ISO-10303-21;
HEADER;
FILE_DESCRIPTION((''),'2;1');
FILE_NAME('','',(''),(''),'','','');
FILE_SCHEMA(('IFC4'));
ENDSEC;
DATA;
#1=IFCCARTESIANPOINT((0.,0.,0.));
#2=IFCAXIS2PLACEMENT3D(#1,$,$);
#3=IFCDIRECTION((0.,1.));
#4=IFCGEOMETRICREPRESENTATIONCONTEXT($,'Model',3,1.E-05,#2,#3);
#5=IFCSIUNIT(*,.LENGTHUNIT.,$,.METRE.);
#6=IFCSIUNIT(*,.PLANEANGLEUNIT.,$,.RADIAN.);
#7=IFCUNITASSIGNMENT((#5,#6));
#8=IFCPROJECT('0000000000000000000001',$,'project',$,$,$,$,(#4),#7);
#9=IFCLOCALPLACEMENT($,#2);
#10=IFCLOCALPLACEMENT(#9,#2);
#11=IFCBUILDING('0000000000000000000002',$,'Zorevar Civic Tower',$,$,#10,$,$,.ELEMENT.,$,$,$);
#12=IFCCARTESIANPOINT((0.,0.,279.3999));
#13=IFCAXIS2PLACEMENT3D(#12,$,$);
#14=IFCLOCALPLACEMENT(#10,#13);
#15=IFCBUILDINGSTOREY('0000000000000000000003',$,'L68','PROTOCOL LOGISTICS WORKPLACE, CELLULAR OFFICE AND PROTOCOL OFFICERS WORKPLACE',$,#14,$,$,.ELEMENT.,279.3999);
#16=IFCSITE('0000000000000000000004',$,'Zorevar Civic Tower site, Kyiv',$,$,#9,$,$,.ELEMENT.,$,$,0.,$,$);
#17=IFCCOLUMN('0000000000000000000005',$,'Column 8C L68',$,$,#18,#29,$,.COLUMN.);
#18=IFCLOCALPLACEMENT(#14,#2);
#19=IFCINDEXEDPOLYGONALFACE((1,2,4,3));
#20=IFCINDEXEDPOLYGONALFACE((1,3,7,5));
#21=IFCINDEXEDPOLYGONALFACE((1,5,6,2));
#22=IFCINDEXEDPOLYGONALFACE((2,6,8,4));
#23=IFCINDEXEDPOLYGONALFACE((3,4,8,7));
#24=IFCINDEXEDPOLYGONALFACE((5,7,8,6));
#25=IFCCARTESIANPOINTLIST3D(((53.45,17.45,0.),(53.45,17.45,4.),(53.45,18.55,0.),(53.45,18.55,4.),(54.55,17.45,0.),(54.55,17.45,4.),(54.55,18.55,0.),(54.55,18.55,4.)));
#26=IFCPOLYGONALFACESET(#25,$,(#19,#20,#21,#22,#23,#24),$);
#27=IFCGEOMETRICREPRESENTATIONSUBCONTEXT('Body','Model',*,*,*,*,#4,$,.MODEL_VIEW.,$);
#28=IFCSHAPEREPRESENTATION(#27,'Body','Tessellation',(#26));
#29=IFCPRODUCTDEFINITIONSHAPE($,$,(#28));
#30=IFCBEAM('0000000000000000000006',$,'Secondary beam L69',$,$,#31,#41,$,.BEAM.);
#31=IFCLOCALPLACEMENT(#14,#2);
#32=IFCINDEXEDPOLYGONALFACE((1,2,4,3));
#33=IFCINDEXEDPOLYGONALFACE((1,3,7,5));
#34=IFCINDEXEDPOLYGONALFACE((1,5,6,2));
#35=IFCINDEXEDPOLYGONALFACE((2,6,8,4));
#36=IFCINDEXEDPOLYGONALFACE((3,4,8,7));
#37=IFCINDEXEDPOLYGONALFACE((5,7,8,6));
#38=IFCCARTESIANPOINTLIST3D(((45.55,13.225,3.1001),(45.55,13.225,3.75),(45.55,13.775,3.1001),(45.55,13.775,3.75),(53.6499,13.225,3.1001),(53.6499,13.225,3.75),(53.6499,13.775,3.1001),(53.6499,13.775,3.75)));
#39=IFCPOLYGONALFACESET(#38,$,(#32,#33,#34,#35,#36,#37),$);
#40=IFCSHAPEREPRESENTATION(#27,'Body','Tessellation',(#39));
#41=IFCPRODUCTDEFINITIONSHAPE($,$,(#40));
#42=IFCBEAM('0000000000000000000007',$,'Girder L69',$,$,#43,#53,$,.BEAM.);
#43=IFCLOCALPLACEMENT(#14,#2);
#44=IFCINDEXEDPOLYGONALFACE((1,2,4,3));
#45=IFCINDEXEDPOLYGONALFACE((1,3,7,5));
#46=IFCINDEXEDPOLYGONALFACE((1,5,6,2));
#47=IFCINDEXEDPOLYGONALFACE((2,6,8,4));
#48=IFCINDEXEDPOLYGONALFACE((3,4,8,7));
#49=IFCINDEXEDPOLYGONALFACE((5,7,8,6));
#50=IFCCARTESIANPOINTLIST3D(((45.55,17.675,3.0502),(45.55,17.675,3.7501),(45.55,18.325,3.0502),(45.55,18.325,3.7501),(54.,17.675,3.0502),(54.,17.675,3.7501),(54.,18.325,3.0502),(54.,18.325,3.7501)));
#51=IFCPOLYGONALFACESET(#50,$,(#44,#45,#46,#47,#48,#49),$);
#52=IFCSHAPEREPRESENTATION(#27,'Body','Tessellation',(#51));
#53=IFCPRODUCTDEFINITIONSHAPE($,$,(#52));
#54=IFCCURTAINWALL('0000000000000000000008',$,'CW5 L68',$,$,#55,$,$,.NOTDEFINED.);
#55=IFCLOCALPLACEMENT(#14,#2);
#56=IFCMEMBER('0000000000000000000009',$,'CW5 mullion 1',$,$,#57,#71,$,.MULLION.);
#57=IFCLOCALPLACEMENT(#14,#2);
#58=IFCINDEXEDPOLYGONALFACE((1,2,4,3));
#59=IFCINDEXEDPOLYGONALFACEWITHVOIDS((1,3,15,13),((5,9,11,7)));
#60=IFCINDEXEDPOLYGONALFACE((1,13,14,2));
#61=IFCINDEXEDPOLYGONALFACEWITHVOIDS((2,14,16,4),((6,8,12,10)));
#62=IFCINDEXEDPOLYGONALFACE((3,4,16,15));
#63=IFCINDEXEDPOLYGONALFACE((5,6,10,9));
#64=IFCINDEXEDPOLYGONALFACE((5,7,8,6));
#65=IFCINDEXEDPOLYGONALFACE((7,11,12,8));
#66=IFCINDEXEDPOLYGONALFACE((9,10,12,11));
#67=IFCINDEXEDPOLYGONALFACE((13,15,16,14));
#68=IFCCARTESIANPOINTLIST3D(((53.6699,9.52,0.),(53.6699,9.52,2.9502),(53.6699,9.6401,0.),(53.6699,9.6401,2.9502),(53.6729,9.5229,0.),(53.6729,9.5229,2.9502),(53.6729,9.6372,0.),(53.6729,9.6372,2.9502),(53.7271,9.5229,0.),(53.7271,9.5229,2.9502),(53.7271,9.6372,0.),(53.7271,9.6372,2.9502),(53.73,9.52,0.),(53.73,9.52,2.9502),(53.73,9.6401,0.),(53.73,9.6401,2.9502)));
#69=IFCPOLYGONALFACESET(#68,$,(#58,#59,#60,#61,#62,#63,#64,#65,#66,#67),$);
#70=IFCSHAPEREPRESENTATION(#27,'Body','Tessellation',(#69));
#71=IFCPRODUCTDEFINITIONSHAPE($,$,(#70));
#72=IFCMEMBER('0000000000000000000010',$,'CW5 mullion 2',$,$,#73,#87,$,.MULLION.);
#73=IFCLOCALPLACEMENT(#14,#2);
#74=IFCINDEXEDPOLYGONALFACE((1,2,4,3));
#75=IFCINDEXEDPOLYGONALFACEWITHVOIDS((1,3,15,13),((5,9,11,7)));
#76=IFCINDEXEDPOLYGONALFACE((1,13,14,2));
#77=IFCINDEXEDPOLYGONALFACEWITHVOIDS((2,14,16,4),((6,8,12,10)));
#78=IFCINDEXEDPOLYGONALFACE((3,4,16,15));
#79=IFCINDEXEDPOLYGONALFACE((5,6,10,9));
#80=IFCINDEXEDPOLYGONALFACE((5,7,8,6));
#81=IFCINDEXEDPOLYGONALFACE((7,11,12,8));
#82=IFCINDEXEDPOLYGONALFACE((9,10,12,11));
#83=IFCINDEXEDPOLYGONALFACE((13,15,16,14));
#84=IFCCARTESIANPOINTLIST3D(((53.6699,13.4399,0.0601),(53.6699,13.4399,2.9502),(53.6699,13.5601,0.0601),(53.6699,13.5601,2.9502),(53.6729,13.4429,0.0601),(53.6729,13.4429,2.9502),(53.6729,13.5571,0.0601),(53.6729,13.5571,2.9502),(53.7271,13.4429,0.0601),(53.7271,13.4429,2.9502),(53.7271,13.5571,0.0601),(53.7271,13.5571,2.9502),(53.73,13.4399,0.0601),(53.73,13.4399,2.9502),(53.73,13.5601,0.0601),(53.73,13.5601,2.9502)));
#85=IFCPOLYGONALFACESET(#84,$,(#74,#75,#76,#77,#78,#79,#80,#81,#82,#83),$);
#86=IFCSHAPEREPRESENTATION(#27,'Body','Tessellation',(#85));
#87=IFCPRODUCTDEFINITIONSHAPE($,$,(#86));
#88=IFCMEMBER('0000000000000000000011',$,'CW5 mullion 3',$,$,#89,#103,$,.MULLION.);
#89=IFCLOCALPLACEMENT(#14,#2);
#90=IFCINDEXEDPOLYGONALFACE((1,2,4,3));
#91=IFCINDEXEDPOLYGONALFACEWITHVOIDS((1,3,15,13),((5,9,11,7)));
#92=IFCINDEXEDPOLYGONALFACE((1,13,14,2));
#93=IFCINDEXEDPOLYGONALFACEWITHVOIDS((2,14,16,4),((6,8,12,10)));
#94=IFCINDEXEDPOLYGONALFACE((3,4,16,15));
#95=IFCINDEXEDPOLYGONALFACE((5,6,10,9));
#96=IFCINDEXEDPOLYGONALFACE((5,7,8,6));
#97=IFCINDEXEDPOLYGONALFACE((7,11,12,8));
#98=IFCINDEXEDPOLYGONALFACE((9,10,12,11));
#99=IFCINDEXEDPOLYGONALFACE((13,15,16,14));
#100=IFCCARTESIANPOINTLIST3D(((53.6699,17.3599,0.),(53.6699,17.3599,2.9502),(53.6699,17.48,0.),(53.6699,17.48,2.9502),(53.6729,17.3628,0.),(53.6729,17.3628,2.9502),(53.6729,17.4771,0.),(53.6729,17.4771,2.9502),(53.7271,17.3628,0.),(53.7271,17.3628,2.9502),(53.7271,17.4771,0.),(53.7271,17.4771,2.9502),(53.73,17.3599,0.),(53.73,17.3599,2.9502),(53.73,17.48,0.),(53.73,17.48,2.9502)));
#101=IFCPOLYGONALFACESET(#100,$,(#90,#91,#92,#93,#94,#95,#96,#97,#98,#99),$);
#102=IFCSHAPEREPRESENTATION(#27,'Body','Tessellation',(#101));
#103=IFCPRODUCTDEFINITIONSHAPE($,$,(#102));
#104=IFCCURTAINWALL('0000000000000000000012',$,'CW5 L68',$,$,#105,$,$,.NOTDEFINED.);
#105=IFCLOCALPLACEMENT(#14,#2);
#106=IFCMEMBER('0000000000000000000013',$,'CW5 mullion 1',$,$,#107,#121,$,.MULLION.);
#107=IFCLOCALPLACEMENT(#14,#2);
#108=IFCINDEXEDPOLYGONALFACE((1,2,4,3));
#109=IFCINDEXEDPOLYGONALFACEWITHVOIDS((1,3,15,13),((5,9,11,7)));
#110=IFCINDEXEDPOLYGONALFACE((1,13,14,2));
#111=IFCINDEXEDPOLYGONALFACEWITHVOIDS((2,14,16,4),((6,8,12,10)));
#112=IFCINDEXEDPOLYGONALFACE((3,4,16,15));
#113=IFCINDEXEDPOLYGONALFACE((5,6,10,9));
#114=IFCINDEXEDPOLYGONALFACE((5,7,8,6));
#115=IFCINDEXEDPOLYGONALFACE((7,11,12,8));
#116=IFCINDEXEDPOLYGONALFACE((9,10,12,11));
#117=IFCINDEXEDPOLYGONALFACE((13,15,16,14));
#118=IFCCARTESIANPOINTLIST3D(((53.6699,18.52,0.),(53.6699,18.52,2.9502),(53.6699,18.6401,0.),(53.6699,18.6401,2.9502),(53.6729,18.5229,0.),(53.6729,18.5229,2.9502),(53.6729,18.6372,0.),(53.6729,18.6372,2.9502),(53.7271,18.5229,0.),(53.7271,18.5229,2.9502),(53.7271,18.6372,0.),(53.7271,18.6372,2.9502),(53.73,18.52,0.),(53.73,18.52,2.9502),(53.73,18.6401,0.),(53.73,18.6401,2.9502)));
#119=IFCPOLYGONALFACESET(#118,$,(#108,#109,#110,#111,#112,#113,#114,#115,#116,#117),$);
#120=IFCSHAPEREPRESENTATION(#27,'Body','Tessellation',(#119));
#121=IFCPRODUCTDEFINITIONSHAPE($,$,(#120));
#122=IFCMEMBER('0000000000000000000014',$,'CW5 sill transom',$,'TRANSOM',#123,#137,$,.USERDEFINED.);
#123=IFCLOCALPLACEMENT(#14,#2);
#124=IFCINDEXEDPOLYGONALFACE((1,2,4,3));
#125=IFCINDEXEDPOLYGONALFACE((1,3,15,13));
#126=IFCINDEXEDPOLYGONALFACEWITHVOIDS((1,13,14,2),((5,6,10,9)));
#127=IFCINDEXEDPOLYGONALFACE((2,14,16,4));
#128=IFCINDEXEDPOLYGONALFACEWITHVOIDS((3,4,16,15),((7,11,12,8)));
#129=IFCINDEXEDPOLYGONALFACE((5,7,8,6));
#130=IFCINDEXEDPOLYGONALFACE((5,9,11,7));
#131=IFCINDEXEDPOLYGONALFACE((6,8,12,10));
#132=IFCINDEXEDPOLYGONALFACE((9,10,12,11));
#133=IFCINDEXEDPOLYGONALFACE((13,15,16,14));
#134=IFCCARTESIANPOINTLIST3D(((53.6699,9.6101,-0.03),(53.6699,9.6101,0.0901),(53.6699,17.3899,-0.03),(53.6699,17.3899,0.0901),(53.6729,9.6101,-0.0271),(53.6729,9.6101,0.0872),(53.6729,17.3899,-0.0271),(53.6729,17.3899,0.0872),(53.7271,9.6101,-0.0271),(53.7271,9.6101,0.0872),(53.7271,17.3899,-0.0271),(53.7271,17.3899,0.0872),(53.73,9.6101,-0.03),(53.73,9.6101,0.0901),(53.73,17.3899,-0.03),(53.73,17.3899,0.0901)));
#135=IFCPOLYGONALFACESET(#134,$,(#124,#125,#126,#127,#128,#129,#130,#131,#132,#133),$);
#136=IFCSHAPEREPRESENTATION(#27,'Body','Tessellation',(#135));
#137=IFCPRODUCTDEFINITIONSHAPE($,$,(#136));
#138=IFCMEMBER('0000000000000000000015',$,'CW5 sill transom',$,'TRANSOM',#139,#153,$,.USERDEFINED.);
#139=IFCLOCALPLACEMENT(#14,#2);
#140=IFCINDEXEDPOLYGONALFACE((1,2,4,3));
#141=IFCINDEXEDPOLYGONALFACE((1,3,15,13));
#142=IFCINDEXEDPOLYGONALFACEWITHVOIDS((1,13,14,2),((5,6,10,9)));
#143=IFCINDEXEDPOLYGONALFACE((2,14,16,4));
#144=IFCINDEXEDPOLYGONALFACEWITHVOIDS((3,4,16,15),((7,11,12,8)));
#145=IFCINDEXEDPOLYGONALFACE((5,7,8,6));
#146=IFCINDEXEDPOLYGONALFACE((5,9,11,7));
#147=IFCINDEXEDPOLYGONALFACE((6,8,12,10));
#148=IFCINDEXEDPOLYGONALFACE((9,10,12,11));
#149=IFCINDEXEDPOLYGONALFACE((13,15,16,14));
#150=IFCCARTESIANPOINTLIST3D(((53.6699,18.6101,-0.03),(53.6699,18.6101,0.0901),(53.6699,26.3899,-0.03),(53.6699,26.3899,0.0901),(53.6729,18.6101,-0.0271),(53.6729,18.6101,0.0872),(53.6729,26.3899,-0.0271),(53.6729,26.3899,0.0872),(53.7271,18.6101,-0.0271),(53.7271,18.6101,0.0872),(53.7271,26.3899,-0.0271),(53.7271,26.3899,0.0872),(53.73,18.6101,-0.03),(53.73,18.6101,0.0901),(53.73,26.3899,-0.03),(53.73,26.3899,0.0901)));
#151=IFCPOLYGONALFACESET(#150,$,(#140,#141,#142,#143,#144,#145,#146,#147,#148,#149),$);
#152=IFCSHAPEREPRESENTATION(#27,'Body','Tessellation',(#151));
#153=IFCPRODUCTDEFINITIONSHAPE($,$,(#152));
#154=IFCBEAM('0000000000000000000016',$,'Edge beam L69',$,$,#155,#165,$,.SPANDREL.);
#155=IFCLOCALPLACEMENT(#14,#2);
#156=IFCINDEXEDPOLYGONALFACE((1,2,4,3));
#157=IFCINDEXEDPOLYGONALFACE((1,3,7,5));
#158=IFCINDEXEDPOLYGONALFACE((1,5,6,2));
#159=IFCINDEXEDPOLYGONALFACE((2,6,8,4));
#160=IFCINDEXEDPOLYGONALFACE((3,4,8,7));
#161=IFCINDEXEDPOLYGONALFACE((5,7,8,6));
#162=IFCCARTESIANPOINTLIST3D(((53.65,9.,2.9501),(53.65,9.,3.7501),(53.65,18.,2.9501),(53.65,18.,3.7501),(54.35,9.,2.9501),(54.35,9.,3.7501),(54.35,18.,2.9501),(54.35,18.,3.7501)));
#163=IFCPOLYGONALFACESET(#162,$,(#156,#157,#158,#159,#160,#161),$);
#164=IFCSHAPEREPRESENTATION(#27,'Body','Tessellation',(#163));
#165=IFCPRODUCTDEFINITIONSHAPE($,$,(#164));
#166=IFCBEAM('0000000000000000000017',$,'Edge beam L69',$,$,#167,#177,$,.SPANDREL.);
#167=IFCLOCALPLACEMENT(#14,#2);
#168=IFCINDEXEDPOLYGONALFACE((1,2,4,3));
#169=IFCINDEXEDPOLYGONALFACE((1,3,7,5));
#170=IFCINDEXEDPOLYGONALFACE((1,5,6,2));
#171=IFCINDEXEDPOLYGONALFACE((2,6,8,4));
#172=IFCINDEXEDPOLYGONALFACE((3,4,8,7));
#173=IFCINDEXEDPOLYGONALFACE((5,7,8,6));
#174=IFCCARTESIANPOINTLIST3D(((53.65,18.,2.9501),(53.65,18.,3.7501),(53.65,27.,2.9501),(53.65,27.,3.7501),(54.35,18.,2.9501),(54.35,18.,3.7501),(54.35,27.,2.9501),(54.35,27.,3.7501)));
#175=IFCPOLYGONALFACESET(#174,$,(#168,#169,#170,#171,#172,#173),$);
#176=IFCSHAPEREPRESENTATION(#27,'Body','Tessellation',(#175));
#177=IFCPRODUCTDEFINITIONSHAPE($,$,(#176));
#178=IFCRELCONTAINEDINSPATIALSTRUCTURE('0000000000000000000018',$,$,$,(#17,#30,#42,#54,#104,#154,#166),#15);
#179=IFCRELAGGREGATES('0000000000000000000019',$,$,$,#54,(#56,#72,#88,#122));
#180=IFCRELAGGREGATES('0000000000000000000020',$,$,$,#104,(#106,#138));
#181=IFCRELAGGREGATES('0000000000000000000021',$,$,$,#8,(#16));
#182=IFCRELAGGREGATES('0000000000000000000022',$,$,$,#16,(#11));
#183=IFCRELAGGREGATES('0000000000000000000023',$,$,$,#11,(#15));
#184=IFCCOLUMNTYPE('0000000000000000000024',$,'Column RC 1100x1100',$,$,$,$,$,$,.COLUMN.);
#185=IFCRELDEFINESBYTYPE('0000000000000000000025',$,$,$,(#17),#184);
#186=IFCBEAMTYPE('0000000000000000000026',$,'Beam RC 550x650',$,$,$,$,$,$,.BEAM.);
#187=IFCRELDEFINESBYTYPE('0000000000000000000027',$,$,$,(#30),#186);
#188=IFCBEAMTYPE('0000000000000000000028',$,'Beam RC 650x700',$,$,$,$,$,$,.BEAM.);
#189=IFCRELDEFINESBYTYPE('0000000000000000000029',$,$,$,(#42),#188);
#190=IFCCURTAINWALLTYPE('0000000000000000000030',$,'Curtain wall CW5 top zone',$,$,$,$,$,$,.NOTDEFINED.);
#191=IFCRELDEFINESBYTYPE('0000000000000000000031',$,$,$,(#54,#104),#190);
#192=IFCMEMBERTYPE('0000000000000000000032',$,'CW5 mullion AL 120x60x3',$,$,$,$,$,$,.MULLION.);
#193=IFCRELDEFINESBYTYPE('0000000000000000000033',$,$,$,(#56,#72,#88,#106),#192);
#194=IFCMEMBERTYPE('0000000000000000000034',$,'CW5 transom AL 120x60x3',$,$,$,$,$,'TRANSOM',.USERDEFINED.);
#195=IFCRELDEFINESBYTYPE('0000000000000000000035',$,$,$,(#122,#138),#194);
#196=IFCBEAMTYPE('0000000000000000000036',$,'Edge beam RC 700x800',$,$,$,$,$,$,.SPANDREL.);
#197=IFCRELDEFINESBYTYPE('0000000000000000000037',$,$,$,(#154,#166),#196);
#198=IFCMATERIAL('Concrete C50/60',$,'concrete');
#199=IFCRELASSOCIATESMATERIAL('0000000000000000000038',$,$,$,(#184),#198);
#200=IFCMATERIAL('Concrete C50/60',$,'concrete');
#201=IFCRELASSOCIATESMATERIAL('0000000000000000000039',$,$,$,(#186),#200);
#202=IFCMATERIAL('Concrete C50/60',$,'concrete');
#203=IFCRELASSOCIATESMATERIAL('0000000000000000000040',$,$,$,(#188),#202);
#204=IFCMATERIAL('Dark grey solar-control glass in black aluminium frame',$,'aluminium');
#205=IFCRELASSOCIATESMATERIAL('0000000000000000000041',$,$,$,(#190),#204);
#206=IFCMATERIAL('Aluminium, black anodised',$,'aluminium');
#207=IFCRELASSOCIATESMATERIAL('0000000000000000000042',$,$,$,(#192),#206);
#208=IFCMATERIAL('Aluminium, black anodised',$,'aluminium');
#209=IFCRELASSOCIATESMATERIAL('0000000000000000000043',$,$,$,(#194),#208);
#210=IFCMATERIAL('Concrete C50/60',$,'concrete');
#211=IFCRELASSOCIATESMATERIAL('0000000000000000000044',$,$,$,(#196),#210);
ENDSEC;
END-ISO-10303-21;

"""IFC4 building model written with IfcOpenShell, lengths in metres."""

from ifc_helpers import new_model, si_unit, direction, frame, origin, origin_2d, place, context, subcontext, project, spatial, rectangle, hollow_rectangle, extrude, material, material_profile, profile_set, type_object, element, aggregate, save


model = new_model("IFC4")

# Units and contexts
model_context = context("Model", 3, precision=1e-05, world=origin(), true_north=direction((0.0, 1.0)))
body_context = subcontext(model_context, "Body", "Model", "MODEL_VIEW")
ifc_project = project(units=[si_unit("LENGTHUNIT", "METRE"), si_unit("PLANEANGLEUNIT", "RADIAN")], contexts=[model_context])

# Site, building, storey
site_placement = place(None, origin())
site = spatial("IfcSite", under=ifc_project, at=site_placement, Name="Zorevar Civic Tower site, Kyiv", CompositionType="ELEMENT", RefElevation=0.0)
building_placement = place(site_placement, origin())
building = spatial("IfcBuilding", under=site, at=building_placement, Name="Zorevar Civic Tower", CompositionType="ELEMENT")
storey_placement = place(building_placement, frame((0.0, 0.0, 279.3999)))
storey = spatial("IfcBuildingStorey", under=building, at=storey_placement, Name="L68", Description="PROTOCOL LOGISTICS WORKPLACE, CELLULAR OFFICE AND PROTOCOL OFFICERS WORKPLACE", CompositionType="ELEMENT", Elevation=279.3999)

# Column
ifc_material_1 = material(Name="Concrete C50/60", Category="concrete")
ifc_material_profile_1 = material_profile(ifc_material_1, rectangle(XDim=1.1001, YDim=1.1001, at=origin_2d()), Name="RC 1100x1100")
ifc_profile_set_1 = profile_set([ifc_material_profile_1], Name="Concrete C50/60")
column_type = type_object("IfcColumnType", Name="Column RC 1100x1100", PredefinedType="COLUMN", material=ifc_profile_set_1)
column_placement = place(storey_placement, frame((54.0, 18.0, 0.0), z_axis=(0.0, 0.0, 1.0), x_axis=(1.0, 0.0, 0.0)))
element("IfcColumn", 1, at=column_placement, inside=storey, type_object=column_type, Name="Column 8C L68", PredefinedType="COLUMN", context=body_context, shape_type="SweptSolid", body=[
    extrude(rectangle(XDim=1.1001, YDim=1.1001, at=origin_2d()), origin(), (0.0, 0.0, 1.0), 4.0),
])

# Beams
ifc_material_2 = material(Name="Concrete C50/60", Category="concrete")
ifc_material_profile_2 = material_profile(ifc_material_2, rectangle(XDim=0.55, YDim=0.6499, at=origin_2d()), Name="RC 550x650")
ifc_profile_set_2 = profile_set([ifc_material_profile_2], Name="Concrete C50/60")
beam_type_1 = type_object("IfcBeamType", Name="Beam RC 550x650", PredefinedType="BEAM", material=ifc_profile_set_2)
beam_1_placement = place(storey_placement, frame((45.55, 13.5, 3.425), z_axis=(1.0, 0.0, 0.0), x_axis=(0.0, 1.0, 0.0)))
element("IfcBeam", 2, at=beam_1_placement, inside=storey, type_object=beam_type_1, Name="Secondary beam L69", PredefinedType="BEAM", context=body_context, shape_type="SweptSolid", body=[
    extrude(rectangle(XDim=0.55, YDim=0.6499, at=origin_2d()), origin(), (0.0, 0.0, 1.0), 8.0999),
])
ifc_material_3 = material(Name="Concrete C50/60", Category="concrete")
ifc_material_profile_3 = material_profile(ifc_material_3, rectangle(XDim=0.6499, YDim=0.7, at=origin_2d()), Name="RC 650x700")
ifc_profile_set_3 = profile_set([ifc_material_profile_3], Name="Concrete C50/60")
beam_type_2 = type_object("IfcBeamType", Name="Beam RC 650x700", PredefinedType="BEAM", material=ifc_profile_set_3)
beam_2_placement = place(storey_placement, frame((45.55, 18.0, 3.4001), z_axis=(1.0, 0.0, 0.0), x_axis=(0.0, 1.0, 0.0)))
element("IfcBeam", 3, at=beam_2_placement, inside=storey, type_object=beam_type_2, Name="Girder L69", PredefinedType="BEAM", context=body_context, shape_type="SweptSolid", body=[
    extrude(rectangle(XDim=0.6499, YDim=0.7, at=origin_2d()), origin(), (0.0, 0.0, 1.0), 8.45),
])

# Curtain wall, members
ifc_material_4 = material(Name="Dark grey solar-control glass in black aluminium frame", Category="aluminium")
curtain_wall_type = type_object("IfcCurtainWallType", Name="Curtain wall CW5 top zone", PredefinedType="NOTDEFINED", material=ifc_material_4)
curtain_wall_1_placement = place(storey_placement, origin())
curtain_wall_1 = element("IfcCurtainWall", 4, at=curtain_wall_1_placement, inside=storey, type_object=curtain_wall_type, Name="CW5 L68", PredefinedType="NOTDEFINED")
ifc_material_5 = material(Name="Aluminium, black anodised", Category="aluminium")
ifc_material_profile_4 = material_profile(ifc_material_5, hollow_rectangle(XDim=0.0601, YDim=0.1201, WallThickness=0.0029, at=origin_2d()), Name="AL 120x60x3")
ifc_profile_set_4 = profile_set([ifc_material_profile_4], Name="Aluminium, black anodised")
member_type_1 = type_object("IfcMemberType", Name="CW5 mullion AL 120x60x3", PredefinedType="MULLION", material=ifc_profile_set_4)
member_1_placement = place(storey_placement, frame((53.7, 9.5801, 0.0), z_axis=(0.0, 0.0, 1.0), x_axis=(-1.0, 0.0, 0.0)))
member_1 = element("IfcMember", 5, at=member_1_placement, type_object=member_type_1, Name="CW5 mullion 1", PredefinedType="MULLION", context=body_context, shape_type="SweptSolid", body=[
    extrude(hollow_rectangle(XDim=0.0601, YDim=0.1201, WallThickness=0.0029, at=origin_2d()), origin(), (0.0, 0.0, 1.0), 2.9502),
])
member_2_placement = place(storey_placement, frame((53.7, 13.5, 0.0601), z_axis=(0.0, 0.0, 1.0), x_axis=(-1.0, 0.0, 0.0)))
member_2 = element("IfcMember", 6, at=member_2_placement, type_object=member_type_1, Name="CW5 mullion 2", PredefinedType="MULLION", context=body_context, shape_type="SweptSolid", body=[
    extrude(hollow_rectangle(XDim=0.0601, YDim=0.1201, WallThickness=0.0029, at=origin_2d()), origin(), (0.0, 0.0, 1.0), 2.8901),
])
member_3_placement = place(storey_placement, frame((53.7, 17.4199, 0.0), z_axis=(0.0, 0.0, 1.0), x_axis=(-1.0, 0.0, 0.0)))
member_3 = element("IfcMember", 7, at=member_3_placement, type_object=member_type_1, Name="CW5 mullion 3", PredefinedType="MULLION", context=body_context, shape_type="SweptSolid", body=[
    extrude(hollow_rectangle(XDim=0.0601, YDim=0.1201, WallThickness=0.0029, at=origin_2d()), origin(), (0.0, 0.0, 1.0), 2.9502),
])

# Curtain wall, member
curtain_wall_2_placement = place(storey_placement, origin())
curtain_wall_2 = element("IfcCurtainWall", 8, at=curtain_wall_2_placement, inside=storey, type_object=curtain_wall_type, Name="CW5 L68", PredefinedType="NOTDEFINED")
member_4_placement = place(storey_placement, frame((53.7, 18.5801, 0.0), z_axis=(0.0, 0.0, 1.0), x_axis=(-1.0, 0.0, 0.0)))
member_4 = element("IfcMember", 9, at=member_4_placement, type_object=member_type_1, Name="CW5 mullion 1", PredefinedType="MULLION", context=body_context, shape_type="SweptSolid", body=[
    extrude(hollow_rectangle(XDim=0.0601, YDim=0.1201, WallThickness=0.0029, at=origin_2d()), origin(), (0.0, 0.0, 1.0), 2.9502),
])

# Members
ifc_material_6 = material(Name="Aluminium, black anodised", Category="aluminium")
ifc_material_profile_5 = material_profile(ifc_material_6, hollow_rectangle(XDim=0.0601, YDim=0.1201, WallThickness=0.0029, at=origin_2d()), Name="AL 120x60x3")
ifc_profile_set_5 = profile_set([ifc_material_profile_5], Name="Aluminium, black anodised")
member_type_2 = type_object("IfcMemberType", Name="CW5 transom AL 120x60x3", ElementType="TRANSOM", PredefinedType="USERDEFINED", material=ifc_profile_set_5)
member_5_placement = place(storey_placement, frame((53.7, 9.6101, 0.03), z_axis=(0.0, 1.0, 0.0), x_axis=(-1.0, 0.0, 0.0)))
member_5 = element("IfcMember", 10, at=member_5_placement, type_object=member_type_2, Name="CW5 sill transom", ObjectType="TRANSOM", PredefinedType="USERDEFINED", context=body_context, shape_type="SweptSolid", body=[
    extrude(hollow_rectangle(XDim=0.0601, YDim=0.1201, WallThickness=0.0029, at=origin_2d()), origin(), (0.0, 0.0, 1.0), 7.7798),
])
member_6_placement = place(storey_placement, frame((53.7, 18.6101, 0.03), z_axis=(0.0, 1.0, 0.0), x_axis=(-1.0, 0.0, 0.0)))
member_6 = element("IfcMember", 11, at=member_6_placement, type_object=member_type_2, Name="CW5 sill transom", ObjectType="TRANSOM", PredefinedType="USERDEFINED", context=body_context, shape_type="SweptSolid", body=[
    extrude(hollow_rectangle(XDim=0.0601, YDim=0.1201, WallThickness=0.0029, at=origin_2d()), origin(), (0.0, 0.0, 1.0), 7.7798),
])

# Beams
ifc_material_7 = material(Name="Concrete C50/60", Category="concrete")
ifc_material_profile_6 = material_profile(ifc_material_7, rectangle(XDim=0.7, YDim=0.8, at=origin_2d()), Name="RC 700x800")
ifc_profile_set_6 = profile_set([ifc_material_profile_6], Name="Concrete C50/60")
beam_type_3 = type_object("IfcBeamType", Name="Edge beam RC 700x800", PredefinedType="SPANDREL", material=ifc_profile_set_6)
for number, where, z_axis, x_axis, name in (
    (12, (54.0, 9.0, 3.3501), (0.0, 1.0, 0.0), (-1.0, 0.0, 0.0), "Edge beam L69"),
    (13, (54.0, 18.0, 3.3501), (0.0, 1.0, 0.0), (-1.0, 0.0, 0.0), "Edge beam L69"),
):
    element("IfcBeam", number, at=place(storey_placement, frame(where, z_axis=z_axis, x_axis=x_axis)), inside=storey, type_object=beam_type_3, Name=name, PredefinedType="SPANDREL", context=body_context, shape_type="SweptSolid", body=[
        extrude(rectangle(XDim=0.7, YDim=0.8, at=origin_2d()), origin(), (0.0, 0.0, 1.0), 9.0),
    ])

aggregate(curtain_wall_1, [member_1, member_2, member_3, member_5])
aggregate(curtain_wall_2, [member_4, member_6])

save(model, "model.ifc")
